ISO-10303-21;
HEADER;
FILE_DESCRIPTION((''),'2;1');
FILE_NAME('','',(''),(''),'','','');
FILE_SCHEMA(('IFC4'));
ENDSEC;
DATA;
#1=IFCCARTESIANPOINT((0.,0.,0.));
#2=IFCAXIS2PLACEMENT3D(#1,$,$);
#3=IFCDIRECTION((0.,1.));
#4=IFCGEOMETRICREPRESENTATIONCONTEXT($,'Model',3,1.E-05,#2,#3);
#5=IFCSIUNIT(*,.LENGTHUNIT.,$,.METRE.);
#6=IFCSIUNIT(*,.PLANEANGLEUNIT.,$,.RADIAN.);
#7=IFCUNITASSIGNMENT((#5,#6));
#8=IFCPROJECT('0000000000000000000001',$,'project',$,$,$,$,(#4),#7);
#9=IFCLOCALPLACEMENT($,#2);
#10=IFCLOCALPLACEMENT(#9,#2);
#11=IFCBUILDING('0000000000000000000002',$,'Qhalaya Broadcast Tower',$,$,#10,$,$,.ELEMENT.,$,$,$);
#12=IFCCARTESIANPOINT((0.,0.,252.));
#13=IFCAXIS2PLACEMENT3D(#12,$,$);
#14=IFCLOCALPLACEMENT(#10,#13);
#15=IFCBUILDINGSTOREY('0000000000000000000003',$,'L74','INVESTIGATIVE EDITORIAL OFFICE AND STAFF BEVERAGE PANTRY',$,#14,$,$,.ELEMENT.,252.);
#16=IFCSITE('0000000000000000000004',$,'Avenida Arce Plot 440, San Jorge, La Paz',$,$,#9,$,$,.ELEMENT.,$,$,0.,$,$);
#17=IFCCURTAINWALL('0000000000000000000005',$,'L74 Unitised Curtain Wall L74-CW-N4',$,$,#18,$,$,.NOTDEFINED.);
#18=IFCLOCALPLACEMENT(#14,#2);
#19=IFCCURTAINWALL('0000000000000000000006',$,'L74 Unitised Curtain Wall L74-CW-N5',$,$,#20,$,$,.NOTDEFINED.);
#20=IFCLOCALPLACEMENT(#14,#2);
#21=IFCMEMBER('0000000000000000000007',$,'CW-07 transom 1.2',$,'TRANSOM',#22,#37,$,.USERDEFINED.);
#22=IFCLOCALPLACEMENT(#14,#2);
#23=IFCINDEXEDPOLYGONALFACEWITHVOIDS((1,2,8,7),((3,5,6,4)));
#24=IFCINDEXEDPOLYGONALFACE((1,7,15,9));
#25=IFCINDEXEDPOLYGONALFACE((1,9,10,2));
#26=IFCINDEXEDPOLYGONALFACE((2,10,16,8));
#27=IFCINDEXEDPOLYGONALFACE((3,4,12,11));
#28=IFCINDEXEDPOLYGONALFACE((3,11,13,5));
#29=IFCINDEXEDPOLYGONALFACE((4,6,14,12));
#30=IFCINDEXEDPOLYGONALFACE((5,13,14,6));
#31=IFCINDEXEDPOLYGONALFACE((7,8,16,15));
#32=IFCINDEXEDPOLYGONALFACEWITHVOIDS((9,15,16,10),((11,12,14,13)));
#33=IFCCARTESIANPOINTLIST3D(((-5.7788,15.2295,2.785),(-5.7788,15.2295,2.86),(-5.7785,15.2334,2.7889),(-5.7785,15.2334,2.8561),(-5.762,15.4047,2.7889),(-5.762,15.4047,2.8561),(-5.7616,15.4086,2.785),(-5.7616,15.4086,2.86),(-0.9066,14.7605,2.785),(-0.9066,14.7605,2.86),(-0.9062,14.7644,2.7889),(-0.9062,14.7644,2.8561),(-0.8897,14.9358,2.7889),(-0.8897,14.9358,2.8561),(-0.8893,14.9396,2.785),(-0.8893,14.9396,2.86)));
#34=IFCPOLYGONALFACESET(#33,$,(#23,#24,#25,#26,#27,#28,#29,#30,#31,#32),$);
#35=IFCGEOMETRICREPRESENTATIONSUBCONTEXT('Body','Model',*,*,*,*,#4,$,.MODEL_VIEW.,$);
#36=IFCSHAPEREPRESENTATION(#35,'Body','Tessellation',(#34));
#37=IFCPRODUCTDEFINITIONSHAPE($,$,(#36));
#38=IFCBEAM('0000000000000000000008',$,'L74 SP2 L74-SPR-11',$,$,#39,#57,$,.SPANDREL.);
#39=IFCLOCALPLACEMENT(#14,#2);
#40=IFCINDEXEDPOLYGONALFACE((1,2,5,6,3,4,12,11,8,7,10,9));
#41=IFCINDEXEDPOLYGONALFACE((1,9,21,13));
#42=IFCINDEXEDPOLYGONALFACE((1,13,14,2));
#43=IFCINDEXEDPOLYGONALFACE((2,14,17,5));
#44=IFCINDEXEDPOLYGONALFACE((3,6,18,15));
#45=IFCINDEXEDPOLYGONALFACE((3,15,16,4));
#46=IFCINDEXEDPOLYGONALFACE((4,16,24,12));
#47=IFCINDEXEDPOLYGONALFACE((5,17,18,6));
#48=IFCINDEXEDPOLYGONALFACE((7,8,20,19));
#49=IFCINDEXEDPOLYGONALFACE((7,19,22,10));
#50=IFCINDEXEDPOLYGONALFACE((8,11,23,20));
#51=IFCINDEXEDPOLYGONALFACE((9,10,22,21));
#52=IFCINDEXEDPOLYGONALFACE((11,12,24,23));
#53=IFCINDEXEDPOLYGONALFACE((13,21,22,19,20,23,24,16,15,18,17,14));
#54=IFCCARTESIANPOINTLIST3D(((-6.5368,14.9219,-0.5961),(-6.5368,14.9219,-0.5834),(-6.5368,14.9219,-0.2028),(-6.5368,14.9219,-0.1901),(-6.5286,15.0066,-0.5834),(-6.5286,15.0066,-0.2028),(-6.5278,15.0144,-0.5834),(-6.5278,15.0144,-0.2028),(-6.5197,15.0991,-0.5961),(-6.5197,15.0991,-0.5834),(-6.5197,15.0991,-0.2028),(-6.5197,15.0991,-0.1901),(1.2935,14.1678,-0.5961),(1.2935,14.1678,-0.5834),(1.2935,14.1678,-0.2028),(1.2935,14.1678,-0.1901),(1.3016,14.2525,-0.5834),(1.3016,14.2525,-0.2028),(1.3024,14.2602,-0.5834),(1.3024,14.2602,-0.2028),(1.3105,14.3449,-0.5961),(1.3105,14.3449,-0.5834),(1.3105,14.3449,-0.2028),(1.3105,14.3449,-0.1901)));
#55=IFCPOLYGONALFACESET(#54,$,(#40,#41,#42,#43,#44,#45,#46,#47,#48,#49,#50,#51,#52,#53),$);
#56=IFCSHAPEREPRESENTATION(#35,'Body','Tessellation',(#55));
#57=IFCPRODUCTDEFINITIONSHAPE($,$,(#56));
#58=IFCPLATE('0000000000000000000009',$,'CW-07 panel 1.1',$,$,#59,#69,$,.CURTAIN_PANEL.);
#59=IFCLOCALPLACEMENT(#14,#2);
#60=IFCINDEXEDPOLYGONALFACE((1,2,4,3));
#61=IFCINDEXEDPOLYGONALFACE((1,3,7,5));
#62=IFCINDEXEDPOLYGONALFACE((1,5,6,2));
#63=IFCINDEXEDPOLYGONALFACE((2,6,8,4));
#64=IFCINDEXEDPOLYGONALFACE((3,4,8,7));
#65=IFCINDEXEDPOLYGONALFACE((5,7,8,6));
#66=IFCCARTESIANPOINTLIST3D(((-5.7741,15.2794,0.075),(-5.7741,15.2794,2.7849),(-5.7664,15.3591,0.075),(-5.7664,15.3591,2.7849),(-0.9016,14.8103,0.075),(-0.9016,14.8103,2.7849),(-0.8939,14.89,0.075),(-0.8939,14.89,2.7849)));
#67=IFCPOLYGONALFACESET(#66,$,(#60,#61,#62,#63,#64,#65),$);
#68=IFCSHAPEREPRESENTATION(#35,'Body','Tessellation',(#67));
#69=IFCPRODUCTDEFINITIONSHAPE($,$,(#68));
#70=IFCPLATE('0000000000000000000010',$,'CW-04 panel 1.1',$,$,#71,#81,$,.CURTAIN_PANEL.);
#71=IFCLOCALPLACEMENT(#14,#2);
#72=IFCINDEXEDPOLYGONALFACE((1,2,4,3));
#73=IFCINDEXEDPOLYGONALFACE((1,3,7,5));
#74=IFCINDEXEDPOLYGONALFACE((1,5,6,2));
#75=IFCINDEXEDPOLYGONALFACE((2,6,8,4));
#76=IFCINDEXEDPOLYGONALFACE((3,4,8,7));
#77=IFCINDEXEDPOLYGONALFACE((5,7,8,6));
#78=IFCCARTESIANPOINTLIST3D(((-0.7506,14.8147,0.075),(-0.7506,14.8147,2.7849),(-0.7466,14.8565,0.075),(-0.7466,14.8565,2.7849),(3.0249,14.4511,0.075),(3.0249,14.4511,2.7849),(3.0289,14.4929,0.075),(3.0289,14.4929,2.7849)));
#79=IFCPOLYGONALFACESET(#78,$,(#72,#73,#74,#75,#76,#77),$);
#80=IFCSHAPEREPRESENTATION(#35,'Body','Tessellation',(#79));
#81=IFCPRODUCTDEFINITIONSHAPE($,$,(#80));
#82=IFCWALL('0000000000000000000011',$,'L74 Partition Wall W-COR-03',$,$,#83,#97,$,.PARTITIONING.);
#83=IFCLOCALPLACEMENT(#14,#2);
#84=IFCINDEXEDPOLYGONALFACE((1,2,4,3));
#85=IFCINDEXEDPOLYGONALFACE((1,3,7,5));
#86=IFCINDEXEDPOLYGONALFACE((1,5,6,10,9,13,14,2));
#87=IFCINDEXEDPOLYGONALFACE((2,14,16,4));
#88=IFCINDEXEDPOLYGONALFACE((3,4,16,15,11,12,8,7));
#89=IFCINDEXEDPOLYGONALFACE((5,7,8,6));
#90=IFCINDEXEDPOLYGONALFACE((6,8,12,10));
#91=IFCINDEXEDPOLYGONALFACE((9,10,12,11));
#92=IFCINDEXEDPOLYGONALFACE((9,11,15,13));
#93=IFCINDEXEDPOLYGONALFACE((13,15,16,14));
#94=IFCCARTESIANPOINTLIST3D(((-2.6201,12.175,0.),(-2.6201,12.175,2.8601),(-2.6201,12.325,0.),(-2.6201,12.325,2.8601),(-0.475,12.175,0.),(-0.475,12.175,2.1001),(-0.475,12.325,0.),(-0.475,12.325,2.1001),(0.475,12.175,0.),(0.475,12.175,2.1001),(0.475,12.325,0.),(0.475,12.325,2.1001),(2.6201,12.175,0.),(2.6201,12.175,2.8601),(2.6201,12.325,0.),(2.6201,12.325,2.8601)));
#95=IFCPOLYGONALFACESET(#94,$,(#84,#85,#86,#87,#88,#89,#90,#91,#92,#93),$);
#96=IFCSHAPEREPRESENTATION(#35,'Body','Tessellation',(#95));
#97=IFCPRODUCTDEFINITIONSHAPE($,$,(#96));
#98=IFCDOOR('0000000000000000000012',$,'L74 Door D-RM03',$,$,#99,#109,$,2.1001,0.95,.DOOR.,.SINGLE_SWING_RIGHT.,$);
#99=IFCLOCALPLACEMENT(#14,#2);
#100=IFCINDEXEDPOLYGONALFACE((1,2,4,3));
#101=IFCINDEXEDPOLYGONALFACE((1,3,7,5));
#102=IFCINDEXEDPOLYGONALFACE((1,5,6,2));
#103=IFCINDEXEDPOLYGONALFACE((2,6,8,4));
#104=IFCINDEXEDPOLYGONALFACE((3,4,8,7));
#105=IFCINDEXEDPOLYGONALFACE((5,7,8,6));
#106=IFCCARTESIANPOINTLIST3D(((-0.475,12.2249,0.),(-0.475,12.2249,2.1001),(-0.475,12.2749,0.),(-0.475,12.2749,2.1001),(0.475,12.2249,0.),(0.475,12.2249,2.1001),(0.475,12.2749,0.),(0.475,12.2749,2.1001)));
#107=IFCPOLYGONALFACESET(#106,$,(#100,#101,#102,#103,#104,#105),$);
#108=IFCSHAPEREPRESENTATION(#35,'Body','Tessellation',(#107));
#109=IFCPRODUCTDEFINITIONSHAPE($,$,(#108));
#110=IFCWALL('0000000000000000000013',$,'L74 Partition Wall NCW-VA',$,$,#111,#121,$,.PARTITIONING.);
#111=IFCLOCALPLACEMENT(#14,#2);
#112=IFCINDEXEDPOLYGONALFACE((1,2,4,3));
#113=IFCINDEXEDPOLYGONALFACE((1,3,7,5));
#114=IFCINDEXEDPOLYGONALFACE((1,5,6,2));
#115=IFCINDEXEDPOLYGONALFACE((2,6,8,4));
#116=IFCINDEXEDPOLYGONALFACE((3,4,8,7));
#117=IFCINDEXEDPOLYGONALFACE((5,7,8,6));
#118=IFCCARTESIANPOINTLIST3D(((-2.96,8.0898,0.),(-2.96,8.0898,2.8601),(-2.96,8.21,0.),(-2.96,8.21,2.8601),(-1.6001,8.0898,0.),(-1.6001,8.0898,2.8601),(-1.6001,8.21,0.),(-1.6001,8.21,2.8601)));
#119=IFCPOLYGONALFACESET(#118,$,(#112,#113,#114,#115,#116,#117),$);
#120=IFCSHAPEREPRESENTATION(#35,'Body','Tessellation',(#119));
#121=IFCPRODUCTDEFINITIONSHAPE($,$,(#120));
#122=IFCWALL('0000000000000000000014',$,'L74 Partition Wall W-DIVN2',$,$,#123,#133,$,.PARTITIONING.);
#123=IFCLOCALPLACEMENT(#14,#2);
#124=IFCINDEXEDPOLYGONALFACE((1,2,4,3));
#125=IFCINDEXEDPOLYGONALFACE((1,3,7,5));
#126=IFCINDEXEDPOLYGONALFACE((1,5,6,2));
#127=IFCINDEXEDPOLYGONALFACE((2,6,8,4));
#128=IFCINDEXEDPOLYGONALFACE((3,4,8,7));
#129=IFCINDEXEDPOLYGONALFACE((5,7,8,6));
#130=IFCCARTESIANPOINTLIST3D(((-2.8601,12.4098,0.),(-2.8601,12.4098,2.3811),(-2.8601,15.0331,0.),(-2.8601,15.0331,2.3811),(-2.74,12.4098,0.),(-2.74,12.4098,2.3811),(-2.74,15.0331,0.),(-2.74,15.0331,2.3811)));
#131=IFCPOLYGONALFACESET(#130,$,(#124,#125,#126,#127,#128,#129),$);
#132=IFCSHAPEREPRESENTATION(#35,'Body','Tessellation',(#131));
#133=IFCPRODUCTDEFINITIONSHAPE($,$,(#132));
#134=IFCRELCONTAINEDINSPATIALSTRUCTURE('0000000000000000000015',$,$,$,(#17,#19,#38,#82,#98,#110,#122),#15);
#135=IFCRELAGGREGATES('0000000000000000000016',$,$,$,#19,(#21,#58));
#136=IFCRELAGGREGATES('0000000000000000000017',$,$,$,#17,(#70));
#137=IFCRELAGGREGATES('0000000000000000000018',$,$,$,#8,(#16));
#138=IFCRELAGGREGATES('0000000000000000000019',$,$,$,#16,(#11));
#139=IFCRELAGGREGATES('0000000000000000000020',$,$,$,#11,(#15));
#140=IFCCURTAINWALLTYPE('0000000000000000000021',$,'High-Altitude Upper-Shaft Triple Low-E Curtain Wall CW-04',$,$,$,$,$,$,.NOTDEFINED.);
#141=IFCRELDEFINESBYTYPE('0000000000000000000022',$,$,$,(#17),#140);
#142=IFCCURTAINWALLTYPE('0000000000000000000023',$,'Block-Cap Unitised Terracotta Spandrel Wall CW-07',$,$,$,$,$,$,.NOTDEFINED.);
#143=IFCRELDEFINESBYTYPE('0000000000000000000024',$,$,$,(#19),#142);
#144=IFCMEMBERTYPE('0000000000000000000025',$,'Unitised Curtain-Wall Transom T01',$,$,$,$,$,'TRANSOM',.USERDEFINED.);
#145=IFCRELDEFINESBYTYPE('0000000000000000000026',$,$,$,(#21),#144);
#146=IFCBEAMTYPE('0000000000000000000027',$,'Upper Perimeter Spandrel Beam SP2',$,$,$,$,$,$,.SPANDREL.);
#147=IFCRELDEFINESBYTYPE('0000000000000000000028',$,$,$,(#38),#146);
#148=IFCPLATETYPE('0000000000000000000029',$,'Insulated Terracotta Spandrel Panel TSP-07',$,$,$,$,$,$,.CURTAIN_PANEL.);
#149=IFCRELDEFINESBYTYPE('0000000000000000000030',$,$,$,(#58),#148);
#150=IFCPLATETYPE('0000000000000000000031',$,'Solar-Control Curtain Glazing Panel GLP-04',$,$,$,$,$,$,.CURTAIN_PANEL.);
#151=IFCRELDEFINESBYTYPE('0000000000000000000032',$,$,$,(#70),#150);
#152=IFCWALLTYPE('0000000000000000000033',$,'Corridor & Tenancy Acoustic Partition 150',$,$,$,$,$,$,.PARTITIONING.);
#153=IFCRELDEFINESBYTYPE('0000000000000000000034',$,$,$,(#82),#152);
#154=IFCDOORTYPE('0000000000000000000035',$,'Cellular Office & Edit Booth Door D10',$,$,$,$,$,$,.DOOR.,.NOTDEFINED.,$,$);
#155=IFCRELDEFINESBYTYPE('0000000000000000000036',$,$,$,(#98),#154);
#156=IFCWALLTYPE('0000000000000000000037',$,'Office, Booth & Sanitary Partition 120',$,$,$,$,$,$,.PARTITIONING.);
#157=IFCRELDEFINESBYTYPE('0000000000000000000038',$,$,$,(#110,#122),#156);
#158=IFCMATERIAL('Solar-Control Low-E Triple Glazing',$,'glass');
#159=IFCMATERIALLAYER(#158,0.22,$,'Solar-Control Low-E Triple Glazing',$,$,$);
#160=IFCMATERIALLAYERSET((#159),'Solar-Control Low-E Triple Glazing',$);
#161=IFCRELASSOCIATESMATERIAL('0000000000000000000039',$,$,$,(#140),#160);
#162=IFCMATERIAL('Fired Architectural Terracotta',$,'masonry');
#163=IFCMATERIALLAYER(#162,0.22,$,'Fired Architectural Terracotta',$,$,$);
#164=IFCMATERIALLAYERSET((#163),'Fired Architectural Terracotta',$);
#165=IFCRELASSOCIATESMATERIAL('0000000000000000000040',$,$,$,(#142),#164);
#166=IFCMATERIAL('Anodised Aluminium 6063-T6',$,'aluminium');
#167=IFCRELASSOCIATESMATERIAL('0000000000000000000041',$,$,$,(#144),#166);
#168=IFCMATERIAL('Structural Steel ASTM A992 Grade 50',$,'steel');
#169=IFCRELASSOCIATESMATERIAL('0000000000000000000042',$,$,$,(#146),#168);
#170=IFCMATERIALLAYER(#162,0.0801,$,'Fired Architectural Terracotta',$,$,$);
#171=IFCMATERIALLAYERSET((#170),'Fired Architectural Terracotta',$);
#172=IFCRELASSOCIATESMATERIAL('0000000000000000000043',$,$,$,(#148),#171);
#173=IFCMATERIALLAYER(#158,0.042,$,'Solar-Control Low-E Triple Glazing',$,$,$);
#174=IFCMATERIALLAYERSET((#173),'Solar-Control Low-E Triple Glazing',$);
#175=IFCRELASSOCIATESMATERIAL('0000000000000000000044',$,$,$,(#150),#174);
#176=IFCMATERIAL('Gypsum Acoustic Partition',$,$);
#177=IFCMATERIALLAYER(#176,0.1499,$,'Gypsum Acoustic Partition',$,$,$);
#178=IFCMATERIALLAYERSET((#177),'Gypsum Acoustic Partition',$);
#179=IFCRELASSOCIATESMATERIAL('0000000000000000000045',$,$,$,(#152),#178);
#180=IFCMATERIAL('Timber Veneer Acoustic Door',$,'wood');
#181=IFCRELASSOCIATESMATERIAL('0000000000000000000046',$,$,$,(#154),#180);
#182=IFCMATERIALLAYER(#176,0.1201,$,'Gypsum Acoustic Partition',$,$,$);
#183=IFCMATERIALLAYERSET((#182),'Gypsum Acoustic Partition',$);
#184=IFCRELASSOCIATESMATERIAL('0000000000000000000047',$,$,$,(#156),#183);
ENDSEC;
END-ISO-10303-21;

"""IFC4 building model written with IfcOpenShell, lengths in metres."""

from ifc_helpers import new_model, si_unit, direction, frame, frame_2d, origin, origin_2d, place, context, subcontext, project, spatial, rectangle, hollow_rectangle, i_section, extrude, material, layer, layer_set, material_profile, profile_set, type_object, element, fill, aggregate, save


model = new_model("IFC4")

# Units and contexts
model_context = context("Model", 3, precision=1e-05, world=origin(), true_north=direction((0.0, 1.0)))
body_context = subcontext(model_context, "Body", "Model", "MODEL_VIEW")
ifc_project = project(units=[si_unit("LENGTHUNIT", "METRE"), si_unit("PLANEANGLEUNIT", "RADIAN")], contexts=[model_context])

# Site, building, storey
site_placement = place(None, origin())
site = spatial("IfcSite", under=ifc_project, at=site_placement, Name="Avenida Arce Plot 440, San Jorge, La Paz", CompositionType="ELEMENT", RefElevation=0.0)
building_placement = place(site_placement, origin())
building = spatial("IfcBuilding", under=site, at=building_placement, Name="Qhalaya Broadcast Tower", CompositionType="ELEMENT")
storey_placement = place(building_placement, frame((0.0, 0.0, 252.0)))
storey = spatial("IfcBuildingStorey", under=building, at=storey_placement, Name="L74", Description="INVESTIGATIVE EDITORIAL OFFICE AND STAFF BEVERAGE PANTRY", CompositionType="ELEMENT", Elevation=252.0)

# Shared definitions
ifc_material_1 = material(Name="Structural Steel ASTM A992 Grade 50", Category="steel")

# Curtain wall
ifc_material_2 = material(Name="Solar-Control Low-E Triple Glazing", Category="glass")
ifc_layer_1 = layer(ifc_material_2, 0.22, Name="Solar-Control Low-E Triple Glazing")
ifc_layer_set_1 = layer_set([ifc_layer_1], Name="Solar-Control Low-E Triple Glazing")
curtain_wall_type_1 = type_object("IfcCurtainWallType", Name="High-Altitude Upper-Shaft Triple Low-E Curtain Wall CW-04", PredefinedType="NOTDEFINED", material=ifc_layer_set_1)
curtain_wall_1_placement = place(storey_placement, origin())
curtain_wall_1 = element("IfcCurtainWall", 1, at=curtain_wall_1_placement, inside=storey, type_object=curtain_wall_type_1, Name="L74 Unitised Curtain Wall L74-CW-N4", PredefinedType="NOTDEFINED")
ifc_material_3 = material(Name="Anodised Aluminium 6063-T6", Category="aluminium")

# Curtain wall, member
ifc_material_4 = material(Name="Fired Architectural Terracotta", Category="masonry")
ifc_layer_2 = layer(ifc_material_4, 0.22, Name="Fired Architectural Terracotta")
ifc_layer_set_2 = layer_set([ifc_layer_2], Name="Fired Architectural Terracotta")
curtain_wall_type_2 = type_object("IfcCurtainWallType", Name="Block-Cap Unitised Terracotta Spandrel Wall CW-07", PredefinedType="NOTDEFINED", material=ifc_layer_set_2)
curtain_wall_2_placement = place(storey_placement, origin())
curtain_wall_2 = element("IfcCurtainWall", 2, at=curtain_wall_2_placement, inside=storey, type_object=curtain_wall_type_2, Name="L74 Unitised Curtain Wall L74-CW-N5", PredefinedType="NOTDEFINED")
ifc_material_profile_1 = material_profile(ifc_material_3, hollow_rectangle(XDim=0.075, YDim=0.1799, WallThickness=0.0039, at=origin_2d()), Name="ALU-TRN 75x180x4")
ifc_profile_set_1 = profile_set([ifc_material_profile_1], Name="Anodised Aluminium 6063-T6")
member_type_1 = type_object("IfcMemberType", Name="Unitised Curtain-Wall Transom T01", ElementType="TRANSOM", PredefinedType="USERDEFINED", material=ifc_profile_set_1)
member_1_placement = place(storey_placement, frame((-0.8979, 14.8501, 2.8225), z_axis=(-0.995399, 0.095814, 0.0), x_axis=(0.0, 0.0, 1.0)))
member_1 = element("IfcMember", 3, at=member_1_placement, type_object=member_type_1, Name="CW-07 transom 1.2", ObjectType="TRANSOM", PredefinedType="USERDEFINED", context=body_context, shape_type="SweptSolid", body=[
    extrude(hollow_rectangle(XDim=0.075, YDim=0.1799, WallThickness=0.0039, at=origin_2d()), origin(), (0.0, 0.0, 1.0), 4.8948),
])

# Beam
ifc_material_profile_2 = material_profile(ifc_material_1, i_section(OverallWidth=0.178, OverallDepth=0.406, WebThickness=0.0078, FlangeThickness=0.0127, at=origin_2d()), Name="W16X40")
ifc_profile_set_2 = profile_set([ifc_material_profile_2], Name="Structural Steel ASTM A992 Grade 50")
beam_type_1 = type_object("IfcBeamType", Name="Upper Perimeter Spandrel Beam SP2", PredefinedType="SPANDREL", material=ifc_profile_set_2)
beam_1_placement = place(storey_placement, frame((1.302, 14.2563, -0.3931), z_axis=(-0.995394, 0.095868, 0.0), x_axis=(-0.095868, -0.995394, 0.0)))
element("IfcBeam", 4, at=beam_1_placement, inside=storey, type_object=beam_type_1, Name="L74 SP2 L74-SPR-11", PredefinedType="SPANDREL", context=body_context, shape_type="SweptSolid", body=[
    extrude(i_section(OverallWidth=0.178, OverallDepth=0.406, WebThickness=0.0078, FlangeThickness=0.0127, at=origin_2d()), origin(), (0.0, 0.0, 1.0), 7.8665),
])

# Plates
ifc_layer_3 = layer(ifc_material_4, 0.0801, Name="Fired Architectural Terracotta")
ifc_layer_set_3 = layer_set([ifc_layer_3], Name="Fired Architectural Terracotta")
plate_type_1 = type_object("IfcPlateType", Name="Insulated Terracotta Spandrel Panel TSP-07", PredefinedType="CURTAIN_PANEL", material=ifc_layer_set_3)
plate_1_placement = place(storey_placement, frame((-3.334, 15.0847, 0.075), z_axis=(0.0, 0.0, 1.0), x_axis=(-0.995397, 0.095839, 0.0)))
plate_1 = element("IfcPlate", 5, at=plate_1_placement, type_object=plate_type_1, Name="CW-07 panel 1.1", PredefinedType="CURTAIN_PANEL", context=body_context, shape_type="SweptSolid", body=[
    extrude(rectangle(XDim=4.895, YDim=0.0801, at=origin_2d()), origin(), (0.0, 0.0, 1.0), 2.71),
])
aggregate(curtain_wall_2, [member_1, plate_1])
ifc_layer_4 = layer(ifc_material_2, 0.042, Name="Solar-Control Low-E Triple Glazing")
ifc_layer_set_4 = layer_set([ifc_layer_4], Name="Solar-Control Low-E Triple Glazing")
plate_type_2 = type_object("IfcPlateType", Name="Solar-Control Curtain Glazing Panel GLP-04", PredefinedType="CURTAIN_PANEL", material=ifc_layer_set_4)
plate_2_placement = place(storey_placement, frame((1.1392, 14.6538, 0.075), z_axis=(0.0, 0.0, 1.0), x_axis=(-0.995394, 0.095865, 0.0)))
plate_2 = element("IfcPlate", 6, at=plate_2_placement, type_object=plate_type_2, Name="CW-04 panel 1.1", PredefinedType="CURTAIN_PANEL", context=body_context, shape_type="SweptSolid", body=[
    extrude(rectangle(XDim=3.793, YDim=0.042, at=origin_2d()), origin(), (0.0, 0.0, 1.0), 2.71),
])
aggregate(curtain_wall_1, [plate_2])

# Wall, opening, door
ifc_material_5 = material(Name="Gypsum Acoustic Partition")
ifc_layer_5 = layer(ifc_material_5, 0.1499, Name="Gypsum Acoustic Partition")
ifc_layer_set_5 = layer_set([ifc_layer_5], Name="Gypsum Acoustic Partition")
wall_type_1 = type_object("IfcWallType", Name="Corridor & Tenancy Acoustic Partition 150", PredefinedType="PARTITIONING", material=ifc_layer_set_5)
wall_1_placement = place(storey_placement, frame((-2.6201, 12.25, 0.0), z_axis=(0.0, 0.0, 1.0), x_axis=(1.0, 0.0, 0.0)))
wall_1 = element("IfcWall", 7, at=wall_1_placement, inside=storey, type_object=wall_type_1, Name="L74 Partition Wall W-COR-03", PredefinedType="PARTITIONING", context=body_context, shape_type="SweptSolid", body=[
    extrude(rectangle(XDim=5.2402, YDim=0.1499, at=frame_2d((2.6201, 0.0))), origin(), (0.0, 0.0, 1.0), 2.8601),
])
opening_placement = place(wall_1_placement, frame((2.145, 0.0, 0.0)))
opening = element("IfcOpeningElement", 8, at=opening_placement, cuts=wall_1, PredefinedType="OPENING", context=body_context, shape_type="SweptSolid", body=[
    extrude(rectangle(XDim=0.95, YDim=2.1001, at=frame_2d((0.4751, 1.05))), frame((0.0, 0.0869, 0.0), z_axis=(0.0, -1.0, 0.0), x_axis=(1.0, 0.0, 0.0)), (0.0, 0.0, 1.0), 0.1738),
])
ifc_material_6 = material(Name="Timber Veneer Acoustic Door", Category="wood")
door_type = type_object("IfcDoorType", Name="Cellular Office & Edit Booth Door D10", OperationType="NOTDEFINED", PredefinedType="DOOR", material=ifc_material_6)
door_placement = place(opening_placement, origin())
door = element("IfcDoor", 9, at=door_placement, inside=storey, type_object=door_type, Name="L74 Door D-RM03", OperationType="SINGLE_SWING_RIGHT", OverallHeight=2.1001, OverallWidth=0.95, PredefinedType="DOOR", context=body_context, shape_type="SweptSolid", body=[
    extrude(rectangle(XDim=0.95, YDim=2.1001, at=frame_2d((0.4751, 1.05))), frame((0.0, 0.0249, 0.0), z_axis=(0.0, -1.0, 0.0), x_axis=(1.0, 0.0, 0.0)), (0.0, 0.0, 1.0), 0.05),
])
fill(opening, door)

# Walls
ifc_layer_6 = layer(ifc_material_5, 0.1201, Name="Gypsum Acoustic Partition")
ifc_layer_set_6 = layer_set([ifc_layer_6], Name="Gypsum Acoustic Partition")
wall_type_2 = type_object("IfcWallType", Name="Office, Booth & Sanitary Partition 120", PredefinedType="PARTITIONING", material=ifc_layer_set_6)
wall_2_placement = place(storey_placement, frame((-2.96, 8.1499, 0.0), z_axis=(0.0, 0.0, 1.0), x_axis=(1.0, 0.0, 0.0)))
element("IfcWall", 10, at=wall_2_placement, inside=storey, type_object=wall_type_2, Name="L74 Partition Wall NCW-VA", PredefinedType="PARTITIONING", context=body_context, shape_type="SweptSolid", body=[
    extrude(rectangle(XDim=1.3599, YDim=0.1201, at=frame_2d((0.6799, 0.0))), origin(), (0.0, 0.0, 1.0), 2.8601),
])
wall_3_placement = place(storey_placement, frame((-2.8, 12.4099, 0.0), z_axis=(0.0, 0.0, 1.0), x_axis=(0.0, 1.0, 0.0)))
element("IfcWall", 11, at=wall_3_placement, inside=storey, type_object=wall_type_2, Name="L74 Partition Wall W-DIVN2", PredefinedType="PARTITIONING", context=body_context, shape_type="SweptSolid", body=[
    extrude(rectangle(XDim=2.6233, YDim=0.1201, at=frame_2d((1.3115, 0.0))), origin(), (0.0, 0.0, 1.0), 2.3811),
])

save(model, "model.ifc")
